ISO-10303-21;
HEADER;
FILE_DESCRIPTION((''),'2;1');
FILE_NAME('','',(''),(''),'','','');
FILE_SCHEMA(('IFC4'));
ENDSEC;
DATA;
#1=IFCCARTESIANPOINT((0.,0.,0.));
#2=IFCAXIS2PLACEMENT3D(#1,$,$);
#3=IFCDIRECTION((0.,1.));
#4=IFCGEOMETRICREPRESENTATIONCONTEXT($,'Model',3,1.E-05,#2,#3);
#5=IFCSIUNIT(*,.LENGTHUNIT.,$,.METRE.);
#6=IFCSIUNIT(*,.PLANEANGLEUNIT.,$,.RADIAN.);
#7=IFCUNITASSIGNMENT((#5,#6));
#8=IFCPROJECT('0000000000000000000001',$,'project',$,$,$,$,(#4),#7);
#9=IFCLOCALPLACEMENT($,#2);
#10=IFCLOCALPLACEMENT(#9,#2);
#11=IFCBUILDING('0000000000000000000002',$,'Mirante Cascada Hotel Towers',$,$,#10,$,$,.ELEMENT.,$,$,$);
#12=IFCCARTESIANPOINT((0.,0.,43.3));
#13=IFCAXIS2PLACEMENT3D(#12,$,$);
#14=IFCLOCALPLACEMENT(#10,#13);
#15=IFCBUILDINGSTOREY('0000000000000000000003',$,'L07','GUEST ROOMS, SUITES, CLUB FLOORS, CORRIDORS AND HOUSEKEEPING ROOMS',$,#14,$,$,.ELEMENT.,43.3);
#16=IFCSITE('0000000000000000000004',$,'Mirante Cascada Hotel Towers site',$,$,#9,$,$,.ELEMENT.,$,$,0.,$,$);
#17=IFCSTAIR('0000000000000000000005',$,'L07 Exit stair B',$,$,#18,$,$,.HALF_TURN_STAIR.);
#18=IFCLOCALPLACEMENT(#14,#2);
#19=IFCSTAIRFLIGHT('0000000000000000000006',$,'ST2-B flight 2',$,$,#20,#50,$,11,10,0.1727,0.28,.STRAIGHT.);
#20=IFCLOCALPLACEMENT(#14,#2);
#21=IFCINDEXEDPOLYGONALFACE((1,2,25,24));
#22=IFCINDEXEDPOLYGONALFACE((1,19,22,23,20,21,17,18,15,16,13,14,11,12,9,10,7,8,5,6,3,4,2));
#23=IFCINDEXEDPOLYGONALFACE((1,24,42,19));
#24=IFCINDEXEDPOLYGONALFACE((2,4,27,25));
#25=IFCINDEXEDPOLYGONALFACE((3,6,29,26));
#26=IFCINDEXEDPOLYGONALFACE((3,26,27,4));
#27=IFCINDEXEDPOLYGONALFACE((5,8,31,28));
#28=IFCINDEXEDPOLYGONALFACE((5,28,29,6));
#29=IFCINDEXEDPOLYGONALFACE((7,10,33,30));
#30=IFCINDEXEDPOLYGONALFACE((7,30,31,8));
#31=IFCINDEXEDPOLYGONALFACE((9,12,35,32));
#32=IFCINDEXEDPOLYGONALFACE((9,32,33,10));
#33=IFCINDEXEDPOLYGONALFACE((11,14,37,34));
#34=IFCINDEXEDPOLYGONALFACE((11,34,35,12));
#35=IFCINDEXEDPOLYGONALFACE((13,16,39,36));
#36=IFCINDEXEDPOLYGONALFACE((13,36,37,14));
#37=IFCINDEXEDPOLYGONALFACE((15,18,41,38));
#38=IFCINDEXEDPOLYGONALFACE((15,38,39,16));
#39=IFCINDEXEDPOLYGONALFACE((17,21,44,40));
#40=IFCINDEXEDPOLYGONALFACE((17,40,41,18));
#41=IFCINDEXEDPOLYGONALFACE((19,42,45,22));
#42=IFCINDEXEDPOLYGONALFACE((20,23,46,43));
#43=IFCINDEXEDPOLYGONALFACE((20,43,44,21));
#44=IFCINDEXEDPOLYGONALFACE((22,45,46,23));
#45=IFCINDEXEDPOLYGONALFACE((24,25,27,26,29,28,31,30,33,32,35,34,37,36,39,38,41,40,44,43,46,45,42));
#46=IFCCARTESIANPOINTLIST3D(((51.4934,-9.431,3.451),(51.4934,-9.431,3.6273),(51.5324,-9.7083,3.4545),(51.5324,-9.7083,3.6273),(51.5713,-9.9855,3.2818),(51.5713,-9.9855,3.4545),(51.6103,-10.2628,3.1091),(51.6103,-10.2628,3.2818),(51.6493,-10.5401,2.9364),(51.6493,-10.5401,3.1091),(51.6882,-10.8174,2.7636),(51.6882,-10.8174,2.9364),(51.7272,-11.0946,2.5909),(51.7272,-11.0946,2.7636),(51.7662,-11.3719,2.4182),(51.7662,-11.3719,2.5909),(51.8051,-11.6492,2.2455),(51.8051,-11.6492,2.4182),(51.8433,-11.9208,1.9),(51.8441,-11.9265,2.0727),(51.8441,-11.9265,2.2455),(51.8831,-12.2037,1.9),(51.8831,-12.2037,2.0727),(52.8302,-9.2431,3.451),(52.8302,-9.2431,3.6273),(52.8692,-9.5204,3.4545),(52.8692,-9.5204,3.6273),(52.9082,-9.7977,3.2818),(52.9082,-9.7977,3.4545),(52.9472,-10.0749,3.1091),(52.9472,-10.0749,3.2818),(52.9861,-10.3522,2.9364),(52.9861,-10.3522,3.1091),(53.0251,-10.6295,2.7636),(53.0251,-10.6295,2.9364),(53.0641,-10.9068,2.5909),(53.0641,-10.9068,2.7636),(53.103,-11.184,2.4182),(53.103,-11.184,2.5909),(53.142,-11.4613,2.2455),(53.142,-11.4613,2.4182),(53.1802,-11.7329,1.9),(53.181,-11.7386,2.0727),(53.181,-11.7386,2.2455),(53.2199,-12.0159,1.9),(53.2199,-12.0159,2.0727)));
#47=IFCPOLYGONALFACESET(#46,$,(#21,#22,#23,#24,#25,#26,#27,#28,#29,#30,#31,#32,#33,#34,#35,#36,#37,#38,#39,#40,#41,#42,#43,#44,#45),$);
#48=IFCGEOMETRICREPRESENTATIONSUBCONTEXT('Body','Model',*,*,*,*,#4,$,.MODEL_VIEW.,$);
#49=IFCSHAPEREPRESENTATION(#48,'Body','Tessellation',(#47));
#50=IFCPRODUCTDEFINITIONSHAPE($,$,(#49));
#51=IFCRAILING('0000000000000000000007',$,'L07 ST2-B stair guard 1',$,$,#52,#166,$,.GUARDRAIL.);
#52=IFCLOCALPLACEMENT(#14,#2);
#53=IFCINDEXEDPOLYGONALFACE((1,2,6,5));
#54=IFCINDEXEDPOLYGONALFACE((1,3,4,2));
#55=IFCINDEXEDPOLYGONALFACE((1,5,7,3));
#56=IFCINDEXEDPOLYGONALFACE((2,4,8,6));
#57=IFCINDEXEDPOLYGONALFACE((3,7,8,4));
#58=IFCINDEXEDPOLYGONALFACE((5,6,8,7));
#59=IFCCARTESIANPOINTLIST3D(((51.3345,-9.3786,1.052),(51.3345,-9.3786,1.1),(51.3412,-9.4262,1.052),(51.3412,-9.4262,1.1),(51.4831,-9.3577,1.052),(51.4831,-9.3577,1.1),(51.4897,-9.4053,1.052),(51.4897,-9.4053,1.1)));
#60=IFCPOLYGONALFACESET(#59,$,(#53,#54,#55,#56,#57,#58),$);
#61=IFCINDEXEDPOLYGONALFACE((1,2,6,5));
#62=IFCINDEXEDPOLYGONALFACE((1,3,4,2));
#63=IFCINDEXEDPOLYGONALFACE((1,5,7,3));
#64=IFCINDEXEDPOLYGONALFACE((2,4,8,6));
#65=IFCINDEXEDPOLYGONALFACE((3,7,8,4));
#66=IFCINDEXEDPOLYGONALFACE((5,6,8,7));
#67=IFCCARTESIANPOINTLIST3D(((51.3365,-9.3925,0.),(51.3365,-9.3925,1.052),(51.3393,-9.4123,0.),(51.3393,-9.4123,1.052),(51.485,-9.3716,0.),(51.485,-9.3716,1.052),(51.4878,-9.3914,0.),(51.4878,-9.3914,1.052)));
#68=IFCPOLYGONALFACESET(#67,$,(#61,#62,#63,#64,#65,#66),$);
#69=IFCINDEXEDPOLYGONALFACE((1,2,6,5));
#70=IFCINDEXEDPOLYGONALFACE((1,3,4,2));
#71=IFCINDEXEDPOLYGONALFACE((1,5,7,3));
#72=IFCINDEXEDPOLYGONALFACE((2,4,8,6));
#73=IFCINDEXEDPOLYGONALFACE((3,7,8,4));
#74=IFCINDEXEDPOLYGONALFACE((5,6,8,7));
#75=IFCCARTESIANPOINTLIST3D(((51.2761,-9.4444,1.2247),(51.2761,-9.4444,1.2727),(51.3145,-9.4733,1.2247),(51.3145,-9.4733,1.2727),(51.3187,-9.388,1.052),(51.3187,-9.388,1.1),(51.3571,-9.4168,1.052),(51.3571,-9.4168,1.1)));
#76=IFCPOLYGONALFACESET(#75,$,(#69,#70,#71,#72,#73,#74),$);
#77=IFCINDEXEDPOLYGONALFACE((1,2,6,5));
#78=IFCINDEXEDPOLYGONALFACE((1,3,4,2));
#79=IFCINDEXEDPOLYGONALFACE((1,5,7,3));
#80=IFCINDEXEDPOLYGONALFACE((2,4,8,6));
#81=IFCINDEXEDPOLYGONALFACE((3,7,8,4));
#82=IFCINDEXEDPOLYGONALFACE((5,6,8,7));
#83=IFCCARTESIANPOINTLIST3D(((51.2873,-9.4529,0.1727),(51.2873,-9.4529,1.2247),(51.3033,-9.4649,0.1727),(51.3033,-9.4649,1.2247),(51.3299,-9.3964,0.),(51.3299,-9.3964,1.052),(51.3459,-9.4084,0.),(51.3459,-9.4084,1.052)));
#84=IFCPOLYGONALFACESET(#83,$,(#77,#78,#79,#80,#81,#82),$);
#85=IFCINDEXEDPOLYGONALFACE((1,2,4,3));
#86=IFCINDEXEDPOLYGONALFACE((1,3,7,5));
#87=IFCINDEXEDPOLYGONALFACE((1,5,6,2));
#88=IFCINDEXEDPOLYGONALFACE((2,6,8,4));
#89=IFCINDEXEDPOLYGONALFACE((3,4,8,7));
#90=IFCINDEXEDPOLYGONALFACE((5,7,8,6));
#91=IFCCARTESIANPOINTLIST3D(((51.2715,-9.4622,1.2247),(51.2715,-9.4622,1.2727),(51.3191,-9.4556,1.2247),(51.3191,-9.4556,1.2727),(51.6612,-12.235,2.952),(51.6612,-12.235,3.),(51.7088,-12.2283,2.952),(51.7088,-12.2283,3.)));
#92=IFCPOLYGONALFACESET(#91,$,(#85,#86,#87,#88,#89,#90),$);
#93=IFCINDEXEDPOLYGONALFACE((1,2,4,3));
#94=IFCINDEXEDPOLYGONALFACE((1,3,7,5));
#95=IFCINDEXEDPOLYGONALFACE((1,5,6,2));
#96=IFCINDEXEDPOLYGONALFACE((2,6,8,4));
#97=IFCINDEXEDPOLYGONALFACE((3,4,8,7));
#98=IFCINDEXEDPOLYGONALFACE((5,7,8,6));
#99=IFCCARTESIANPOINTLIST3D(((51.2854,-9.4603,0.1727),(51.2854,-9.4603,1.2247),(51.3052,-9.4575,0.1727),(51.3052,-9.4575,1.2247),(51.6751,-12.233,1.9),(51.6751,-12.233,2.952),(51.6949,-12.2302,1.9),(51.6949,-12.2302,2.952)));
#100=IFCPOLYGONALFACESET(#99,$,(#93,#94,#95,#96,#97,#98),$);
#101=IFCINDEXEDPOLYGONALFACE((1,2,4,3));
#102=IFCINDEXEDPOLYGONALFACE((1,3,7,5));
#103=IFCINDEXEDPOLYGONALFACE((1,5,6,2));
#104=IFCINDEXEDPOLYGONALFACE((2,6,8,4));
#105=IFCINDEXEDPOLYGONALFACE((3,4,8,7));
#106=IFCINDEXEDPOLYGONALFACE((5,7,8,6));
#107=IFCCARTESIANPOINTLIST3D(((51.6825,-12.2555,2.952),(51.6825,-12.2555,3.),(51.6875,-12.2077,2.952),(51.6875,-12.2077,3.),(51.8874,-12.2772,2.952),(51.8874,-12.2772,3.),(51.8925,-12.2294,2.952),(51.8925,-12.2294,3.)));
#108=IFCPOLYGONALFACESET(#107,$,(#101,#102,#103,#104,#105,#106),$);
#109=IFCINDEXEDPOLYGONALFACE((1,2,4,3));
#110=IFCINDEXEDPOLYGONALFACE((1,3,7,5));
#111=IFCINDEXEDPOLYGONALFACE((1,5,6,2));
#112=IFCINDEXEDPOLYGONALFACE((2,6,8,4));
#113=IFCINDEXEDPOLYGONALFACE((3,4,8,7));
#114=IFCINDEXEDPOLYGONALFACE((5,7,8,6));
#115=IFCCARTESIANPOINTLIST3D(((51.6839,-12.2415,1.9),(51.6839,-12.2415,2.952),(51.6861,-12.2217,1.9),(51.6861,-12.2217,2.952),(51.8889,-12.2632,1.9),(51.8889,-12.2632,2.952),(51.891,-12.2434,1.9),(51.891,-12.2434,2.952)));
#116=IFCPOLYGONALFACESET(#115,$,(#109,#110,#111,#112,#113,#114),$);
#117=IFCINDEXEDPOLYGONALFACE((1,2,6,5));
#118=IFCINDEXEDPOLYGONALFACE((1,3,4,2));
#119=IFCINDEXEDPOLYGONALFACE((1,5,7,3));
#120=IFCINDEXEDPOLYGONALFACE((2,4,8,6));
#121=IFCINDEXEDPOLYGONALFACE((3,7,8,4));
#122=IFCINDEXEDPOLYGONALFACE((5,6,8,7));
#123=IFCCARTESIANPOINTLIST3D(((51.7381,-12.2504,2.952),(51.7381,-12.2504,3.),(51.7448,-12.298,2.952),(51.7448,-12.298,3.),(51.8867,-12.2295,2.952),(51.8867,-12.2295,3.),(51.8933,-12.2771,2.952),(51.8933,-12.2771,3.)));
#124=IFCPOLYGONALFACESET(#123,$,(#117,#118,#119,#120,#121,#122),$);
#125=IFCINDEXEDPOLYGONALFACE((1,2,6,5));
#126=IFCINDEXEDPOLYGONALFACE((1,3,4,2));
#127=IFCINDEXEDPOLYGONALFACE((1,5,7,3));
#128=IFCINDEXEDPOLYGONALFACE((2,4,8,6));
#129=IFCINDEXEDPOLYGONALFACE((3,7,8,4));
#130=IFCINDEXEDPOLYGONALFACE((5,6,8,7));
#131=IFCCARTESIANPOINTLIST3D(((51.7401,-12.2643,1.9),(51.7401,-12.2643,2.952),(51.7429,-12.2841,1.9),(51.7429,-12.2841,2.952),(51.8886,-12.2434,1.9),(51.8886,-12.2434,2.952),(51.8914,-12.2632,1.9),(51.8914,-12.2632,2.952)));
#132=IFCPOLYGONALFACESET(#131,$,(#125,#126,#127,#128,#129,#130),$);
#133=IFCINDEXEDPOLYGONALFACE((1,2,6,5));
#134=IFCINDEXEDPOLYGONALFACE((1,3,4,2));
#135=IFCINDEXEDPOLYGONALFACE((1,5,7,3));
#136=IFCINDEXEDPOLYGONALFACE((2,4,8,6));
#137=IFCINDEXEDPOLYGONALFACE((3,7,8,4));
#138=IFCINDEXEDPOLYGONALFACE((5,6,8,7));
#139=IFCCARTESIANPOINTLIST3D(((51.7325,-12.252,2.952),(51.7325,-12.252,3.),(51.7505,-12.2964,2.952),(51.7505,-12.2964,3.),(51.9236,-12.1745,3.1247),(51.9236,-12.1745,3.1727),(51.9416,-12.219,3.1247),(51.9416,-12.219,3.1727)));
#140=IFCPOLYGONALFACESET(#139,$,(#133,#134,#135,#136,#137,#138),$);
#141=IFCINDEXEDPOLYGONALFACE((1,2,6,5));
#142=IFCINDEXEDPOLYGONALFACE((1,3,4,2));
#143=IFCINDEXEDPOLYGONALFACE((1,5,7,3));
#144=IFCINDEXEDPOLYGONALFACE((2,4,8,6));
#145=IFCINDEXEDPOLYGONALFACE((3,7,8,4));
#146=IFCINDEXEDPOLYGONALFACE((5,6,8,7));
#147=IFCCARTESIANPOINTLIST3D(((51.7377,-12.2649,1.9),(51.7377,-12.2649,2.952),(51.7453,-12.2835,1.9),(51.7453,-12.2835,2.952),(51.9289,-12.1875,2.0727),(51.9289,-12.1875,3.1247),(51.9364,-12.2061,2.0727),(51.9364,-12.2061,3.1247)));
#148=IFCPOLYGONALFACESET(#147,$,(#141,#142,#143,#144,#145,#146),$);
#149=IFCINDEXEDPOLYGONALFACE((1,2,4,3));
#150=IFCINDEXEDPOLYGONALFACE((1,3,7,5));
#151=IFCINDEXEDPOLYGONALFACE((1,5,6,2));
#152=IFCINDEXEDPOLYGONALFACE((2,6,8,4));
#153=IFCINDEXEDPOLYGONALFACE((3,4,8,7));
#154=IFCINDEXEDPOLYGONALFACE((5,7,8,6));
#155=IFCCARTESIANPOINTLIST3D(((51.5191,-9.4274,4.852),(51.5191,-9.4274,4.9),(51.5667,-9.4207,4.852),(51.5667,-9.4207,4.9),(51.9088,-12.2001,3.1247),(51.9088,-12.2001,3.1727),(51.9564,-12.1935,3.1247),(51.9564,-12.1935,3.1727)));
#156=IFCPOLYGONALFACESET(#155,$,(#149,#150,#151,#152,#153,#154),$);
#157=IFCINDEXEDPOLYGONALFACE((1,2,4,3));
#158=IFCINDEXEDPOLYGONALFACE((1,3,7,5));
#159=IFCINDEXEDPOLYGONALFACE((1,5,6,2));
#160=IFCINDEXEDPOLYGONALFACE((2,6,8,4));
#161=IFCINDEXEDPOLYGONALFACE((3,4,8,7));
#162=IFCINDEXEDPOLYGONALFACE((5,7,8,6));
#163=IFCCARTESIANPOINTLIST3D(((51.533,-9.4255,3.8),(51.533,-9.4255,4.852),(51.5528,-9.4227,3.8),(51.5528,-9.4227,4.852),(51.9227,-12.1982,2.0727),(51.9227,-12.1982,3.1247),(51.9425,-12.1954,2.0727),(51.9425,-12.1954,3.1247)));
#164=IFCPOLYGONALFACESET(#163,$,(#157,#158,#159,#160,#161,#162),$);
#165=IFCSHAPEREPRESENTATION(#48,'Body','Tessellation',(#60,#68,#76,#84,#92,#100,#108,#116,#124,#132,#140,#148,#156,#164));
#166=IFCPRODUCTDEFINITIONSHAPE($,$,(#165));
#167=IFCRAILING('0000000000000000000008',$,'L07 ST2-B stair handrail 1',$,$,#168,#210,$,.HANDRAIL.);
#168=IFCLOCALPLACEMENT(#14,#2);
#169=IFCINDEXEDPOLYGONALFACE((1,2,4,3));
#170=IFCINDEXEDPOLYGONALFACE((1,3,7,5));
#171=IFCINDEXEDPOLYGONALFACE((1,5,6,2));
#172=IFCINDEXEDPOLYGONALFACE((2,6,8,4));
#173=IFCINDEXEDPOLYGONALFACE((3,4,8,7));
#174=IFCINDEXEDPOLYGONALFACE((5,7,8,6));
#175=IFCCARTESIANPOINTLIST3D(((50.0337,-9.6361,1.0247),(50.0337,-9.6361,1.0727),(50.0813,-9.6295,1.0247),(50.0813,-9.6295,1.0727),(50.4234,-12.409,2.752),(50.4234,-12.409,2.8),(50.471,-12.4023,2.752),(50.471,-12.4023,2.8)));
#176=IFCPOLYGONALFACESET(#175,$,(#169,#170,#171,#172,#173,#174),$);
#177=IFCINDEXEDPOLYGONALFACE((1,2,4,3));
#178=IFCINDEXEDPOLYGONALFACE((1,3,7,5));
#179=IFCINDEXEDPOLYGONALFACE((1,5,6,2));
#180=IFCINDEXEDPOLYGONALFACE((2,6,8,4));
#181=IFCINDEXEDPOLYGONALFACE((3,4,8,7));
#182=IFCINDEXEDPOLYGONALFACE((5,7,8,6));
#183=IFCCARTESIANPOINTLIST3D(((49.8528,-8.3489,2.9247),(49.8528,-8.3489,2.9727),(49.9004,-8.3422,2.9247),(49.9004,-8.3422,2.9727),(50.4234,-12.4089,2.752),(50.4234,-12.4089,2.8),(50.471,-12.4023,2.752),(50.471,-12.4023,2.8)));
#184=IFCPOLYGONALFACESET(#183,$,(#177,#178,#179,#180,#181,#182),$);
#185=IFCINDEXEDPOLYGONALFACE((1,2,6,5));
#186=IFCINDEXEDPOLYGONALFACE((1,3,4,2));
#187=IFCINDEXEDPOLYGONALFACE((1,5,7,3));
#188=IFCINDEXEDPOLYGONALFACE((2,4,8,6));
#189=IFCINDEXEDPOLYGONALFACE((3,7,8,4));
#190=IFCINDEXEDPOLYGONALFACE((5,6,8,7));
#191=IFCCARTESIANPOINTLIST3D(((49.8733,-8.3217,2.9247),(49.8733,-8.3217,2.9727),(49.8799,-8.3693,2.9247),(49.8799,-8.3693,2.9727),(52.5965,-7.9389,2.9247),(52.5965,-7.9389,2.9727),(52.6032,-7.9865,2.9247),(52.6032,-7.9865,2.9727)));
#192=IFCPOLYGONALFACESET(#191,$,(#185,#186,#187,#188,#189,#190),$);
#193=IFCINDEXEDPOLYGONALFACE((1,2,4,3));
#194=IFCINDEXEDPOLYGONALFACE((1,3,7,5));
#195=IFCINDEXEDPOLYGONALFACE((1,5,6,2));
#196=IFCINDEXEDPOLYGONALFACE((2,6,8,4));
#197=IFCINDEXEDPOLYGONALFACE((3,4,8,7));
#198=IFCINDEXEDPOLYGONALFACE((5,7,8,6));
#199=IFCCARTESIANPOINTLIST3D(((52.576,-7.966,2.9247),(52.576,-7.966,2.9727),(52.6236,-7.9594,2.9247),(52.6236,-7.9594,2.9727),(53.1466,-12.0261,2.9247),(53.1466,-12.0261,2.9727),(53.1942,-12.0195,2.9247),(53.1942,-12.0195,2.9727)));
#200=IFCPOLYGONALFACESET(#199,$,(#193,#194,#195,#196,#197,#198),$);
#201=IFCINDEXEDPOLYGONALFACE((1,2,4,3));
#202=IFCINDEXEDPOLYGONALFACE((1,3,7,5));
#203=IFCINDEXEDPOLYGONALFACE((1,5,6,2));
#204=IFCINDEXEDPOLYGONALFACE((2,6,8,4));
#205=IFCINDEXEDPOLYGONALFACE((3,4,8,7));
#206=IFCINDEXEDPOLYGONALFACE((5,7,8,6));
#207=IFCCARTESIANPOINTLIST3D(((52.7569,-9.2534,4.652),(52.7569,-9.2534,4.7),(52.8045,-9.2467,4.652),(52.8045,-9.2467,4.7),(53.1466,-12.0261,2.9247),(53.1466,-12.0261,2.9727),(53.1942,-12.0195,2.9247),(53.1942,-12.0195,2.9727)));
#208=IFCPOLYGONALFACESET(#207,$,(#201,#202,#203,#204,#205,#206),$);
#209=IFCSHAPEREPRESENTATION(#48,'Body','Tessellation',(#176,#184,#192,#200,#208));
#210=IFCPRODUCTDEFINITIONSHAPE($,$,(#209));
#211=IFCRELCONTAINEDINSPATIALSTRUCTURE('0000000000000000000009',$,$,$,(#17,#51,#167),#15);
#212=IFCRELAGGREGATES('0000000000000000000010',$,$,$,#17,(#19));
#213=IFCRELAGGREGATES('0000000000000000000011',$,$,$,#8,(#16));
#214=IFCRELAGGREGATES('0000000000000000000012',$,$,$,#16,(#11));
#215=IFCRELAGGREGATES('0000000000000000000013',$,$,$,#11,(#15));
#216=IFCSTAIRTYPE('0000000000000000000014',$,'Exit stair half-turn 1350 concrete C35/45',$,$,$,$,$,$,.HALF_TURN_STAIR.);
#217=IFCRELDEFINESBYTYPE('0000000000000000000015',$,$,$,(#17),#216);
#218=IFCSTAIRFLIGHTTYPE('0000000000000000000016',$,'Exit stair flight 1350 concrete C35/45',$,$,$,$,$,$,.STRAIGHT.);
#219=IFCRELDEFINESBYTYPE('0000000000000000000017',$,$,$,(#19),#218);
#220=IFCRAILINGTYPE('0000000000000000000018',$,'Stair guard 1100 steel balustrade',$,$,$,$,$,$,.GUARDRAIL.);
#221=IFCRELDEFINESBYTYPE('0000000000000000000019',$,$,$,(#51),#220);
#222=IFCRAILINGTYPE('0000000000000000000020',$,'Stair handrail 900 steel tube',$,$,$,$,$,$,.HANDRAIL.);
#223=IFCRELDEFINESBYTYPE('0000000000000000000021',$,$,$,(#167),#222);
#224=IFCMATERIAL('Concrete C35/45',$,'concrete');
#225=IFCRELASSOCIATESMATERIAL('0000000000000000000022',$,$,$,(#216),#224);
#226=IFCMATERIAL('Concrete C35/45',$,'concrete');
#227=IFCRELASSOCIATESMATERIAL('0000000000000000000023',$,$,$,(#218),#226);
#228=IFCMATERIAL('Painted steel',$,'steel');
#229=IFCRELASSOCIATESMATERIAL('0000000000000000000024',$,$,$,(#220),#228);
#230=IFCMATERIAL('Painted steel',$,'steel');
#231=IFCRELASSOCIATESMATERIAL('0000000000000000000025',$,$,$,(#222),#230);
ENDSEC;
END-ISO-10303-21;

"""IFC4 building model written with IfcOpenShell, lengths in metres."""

from ifc_helpers import new_model, si_unit, direction, frame, origin, origin_2d, place, context, subcontext, project, spatial, polyline, rectangle, outline, extrude, material, type_object, element, aggregate, save


model = new_model("IFC4")

# Units and contexts
model_context = context("Model", 3, precision=1e-05, world=origin(), true_north=direction((0.0, 1.0)))
body_context = subcontext(model_context, "Body", "Model", "MODEL_VIEW")
ifc_project = project(units=[si_unit("LENGTHUNIT", "METRE"), si_unit("PLANEANGLEUNIT", "RADIAN")], contexts=[model_context])

# Site, building, storey
site_placement = place(None, origin())
site = spatial("IfcSite", under=ifc_project, at=site_placement, Name="Mirante Cascada Hotel Towers site", CompositionType="ELEMENT", RefElevation=0.0)
building_placement = place(site_placement, origin())
building = spatial("IfcBuilding", under=site, at=building_placement, Name="Mirante Cascada Hotel Towers", CompositionType="ELEMENT")
storey_placement = place(building_placement, frame((0.0, 0.0, 43.3)))
storey = spatial("IfcBuildingStorey", under=building, at=storey_placement, Name="L07", Description="GUEST ROOMS, SUITES, CLUB FLOORS, CORRIDORS AND HOUSEKEEPING ROOMS", CompositionType="ELEMENT", Elevation=43.3)

# Stair, stair flight
ifc_material_1 = material(Name="Concrete C35/45", Category="concrete")
stair_type = type_object("IfcStairType", Name="Exit stair half-turn 1350 concrete C35/45", PredefinedType="HALF_TURN_STAIR", material=ifc_material_1)
stair_placement = place(storey_placement, origin())
stair = element("IfcStair", 1, at=stair_placement, inside=storey, type_object=stair_type, Name="L07 Exit stair B", PredefinedType="HALF_TURN_STAIR")
ifc_material_2 = material(Name="Concrete C35/45", Category="concrete")
stair_flight_type = type_object("IfcStairFlightType", Name="Exit stair flight 1350 concrete C35/45", PredefinedType="STRAIGHT", material=ifc_material_2)
stair_flight_1_placement = place(storey_placement, frame((52.5515, -12.1098, 1.9), z_axis=(0.0, 0.0, 1.0), x_axis=(-0.139173, 0.990268, 0.0)))
stair_flight_1 = element("IfcStairFlight", 2, at=stair_flight_1_placement, type_object=stair_flight_type, Name="ST2-B flight 2", NumberOfRisers=11, NumberOfTreads=10, PredefinedType="STRAIGHT", RiserHeight=0.1727, TreadLength=0.28, context=body_context, shape_type="SweptSolid", body=[
    extrude(outline(polyline([(0.0, 0.0), (0.0, 0.1727), (0.28, 0.1727), (0.28, 0.3455), (0.56, 0.3455), (0.56, 0.5182), (0.84, 0.5182), (0.84, 0.6909), (1.12, 0.6909), (1.12, 0.8636), (1.4, 0.8636), (1.4, 1.0364), (1.68, 1.0364), (1.68, 1.2091), (1.96, 1.2091), (1.96, 1.3818), (2.24, 1.3818), (2.24, 1.5545), (2.52, 1.5545), (2.52, 1.7273), (2.8, 1.7273), (2.8, 1.9), (2.8, 1.551), (0.2857, 0.0), (0.0, 0.0)])), frame((0.0, 0.675, 0.0), z_axis=(0.0, -1.0, 0.0), x_axis=(1.0, 0.0, 0.0)), (0.0, 0.0, 1.0), 1.35),
])
aggregate(stair, [stair_flight_1])

# Railings
ifc_material_3 = material(Name="Painted steel", Category="steel")
railing_type_1 = type_object("IfcRailingType", Name="Stair guard 1100 steel balustrade", PredefinedType="GUARDRAIL", material=ifc_material_3)
railing_1_placement = place(storey_placement, frame((51.4864, -9.3815, 0.0)))
element("IfcRailing", 3, at=railing_1_placement, inside=storey, type_object=railing_type_1, Name="L07 ST2-B stair guard 1", PredefinedType="GUARDRAIL", context=body_context, shape_type="SweptSolid", body=[
    extrude(rectangle(XDim=0.048, YDim=0.048, at=origin_2d()), frame((0.0, 0.0, 1.076), z_axis=(-0.990241, -0.139367, 0.0), x_axis=(0.139367, -0.990241, 0.0)), (0.0, 0.0, 1.0), 0.15),
    extrude(rectangle(XDim=0.02, YDim=1.052, at=origin_2d()), frame((0.0, 0.0, 0.526), z_axis=(-0.990241, -0.139367, 0.0), x_axis=(0.139367, -0.990241, 0.0)), (0.0, 0.0, 1.0), 0.15),
    extrude(rectangle(XDim=0.048, YDim=0.048, at=origin_2d()), frame((-0.1485, -0.0209, 1.076), z_axis=(-0.602033, -0.798471, 0.0), x_axis=(0.798471, -0.602033, 0.0)), (0.0, 0.92534, 0.379139), 0.1866),
    extrude(rectangle(XDim=0.02, YDim=1.052, at=origin_2d()), frame((-0.1485, -0.0209, 0.526), z_axis=(-0.602033, -0.798471, 0.0), x_axis=(0.798471, -0.602033, 0.0)), (0.0, 0.92534, 0.379139), 0.1866),
    extrude(rectangle(XDim=0.048, YDim=0.048, at=origin_2d()), frame((-0.1911, -0.0774, 1.2487), z_axis=(0.139181, -0.990267, 0.0), x_axis=(0.990267, 0.139181, 0.0)), (0.0, 0.525035, 0.851081), 3.2899),
    extrude(rectangle(XDim=0.02, YDim=1.052, at=origin_2d()), frame((-0.1911, -0.0774, 0.6987), z_axis=(0.139181, -0.990267, 0.0), x_axis=(0.990267, 0.139181, 0.0)), (0.0, 0.525035, 0.851081), 3.2899),
    extrude(rectangle(XDim=0.048, YDim=0.048, at=origin_2d()), frame((0.1986, -2.8501, 2.976), z_axis=(0.994444, -0.105266, 0.0), x_axis=(0.105266, 0.994444, 0.0)), (0.0, 0.0, 1.0), 0.2061),
    extrude(rectangle(XDim=0.02, YDim=1.052, at=origin_2d()), frame((0.1986, -2.8501, 2.426), z_axis=(0.994444, -0.105266, 0.0), x_axis=(0.105266, 0.994444, 0.0)), (0.0, 0.0, 1.0), 0.2061),
    extrude(rectangle(XDim=0.048, YDim=0.048, at=origin_2d()), frame((0.4036, -2.8718, 2.976), z_axis=(-0.990241, -0.139367, 0.0), x_axis=(0.139367, -0.990241, 0.0)), (0.0, 0.0, 1.0), 0.15),
    extrude(rectangle(XDim=0.02, YDim=1.052, at=origin_2d()), frame((0.4036, -2.8718, 2.426), z_axis=(-0.990241, -0.139367, 0.0), x_axis=(0.139367, -0.990241, 0.0)), (0.0, 0.0, 1.0), 0.15),
    extrude(rectangle(XDim=0.048, YDim=0.048, at=origin_2d()), frame((0.2551, -2.8927, 2.976), z_axis=(0.926862, 0.375401, 0.0), x_axis=(-0.375401, 0.926862, 0.0)), (0.0, 0.642122, 0.766603), 0.269),
    extrude(rectangle(XDim=0.02, YDim=1.052, at=origin_2d()), frame((0.2551, -2.8927, 2.426), z_axis=(0.926862, 0.375401, 0.0), x_axis=(-0.375401, 0.926862, 0.0)), (0.0, 0.642122, 0.766603), 0.269),
    extrude(rectangle(XDim=0.048, YDim=0.048, at=origin_2d()), frame((0.4462, -2.8153, 3.1487), z_axis=(-0.139181, 0.990267, 0.0), x_axis=(-0.990267, -0.139181, 0.0)), (0.0, 0.525035, 0.851081), 3.2899),
    extrude(rectangle(XDim=0.02, YDim=1.052, at=origin_2d()), frame((0.4462, -2.8153, 2.5987), z_axis=(-0.139181, 0.990267, 0.0), x_axis=(-0.990267, -0.139181, 0.0)), (0.0, 0.525035, 0.851081), 3.2899),
])
ifc_material_4 = material(Name="Painted steel", Category="steel")
railing_type_2 = type_object("IfcRailingType", Name="Stair handrail 900 steel tube", PredefinedType="HANDRAIL", material=ifc_material_4)
railing_2_placement = place(storey_placement, frame((50.0575, -9.6328, 0.1727)))
element("IfcRailing", 4, at=railing_2_placement, inside=storey, type_object=railing_type_2, Name="L07 ST2-B stair handrail 1", PredefinedType="HANDRAIL", context=body_context, shape_type="SweptSolid", body=[
    extrude(rectangle(XDim=0.048, YDim=0.048, at=origin_2d()), frame((0.0, 0.0, 0.876), z_axis=(0.139176, -0.990268, 0.0), x_axis=(0.990268, 0.139176, 0.0)), (0.0, 0.525021, 0.851089), 3.29),
    extrude(rectangle(XDim=0.048, YDim=0.048, at=origin_2d()), frame((0.3897, -2.7728, 2.6033), z_axis=(-0.139171, 0.990268, 0.0), x_axis=(-0.990268, -0.139171, 0.0)), (0.0, 0.042085, 0.999114), 4.1036),
    extrude(rectangle(XDim=0.048, YDim=0.048, at=origin_2d()), frame((-0.1809, 1.2873, 2.776), z_axis=(0.990264, 0.139201, 0.0), x_axis=(-0.139201, 0.990264, 0.0)), (0.0, 0.0, 1.0), 2.75),
    extrude(rectangle(XDim=0.048, YDim=0.048, at=origin_2d()), frame((2.5423, 1.6701, 2.776), z_axis=(0.139171, -0.990268, 0.0), x_axis=(0.990268, 0.139171, 0.0)), (0.0, 0.0, 1.0), 4.1),
    extrude(rectangle(XDim=0.048, YDim=0.048, at=origin_2d()), frame((3.1129, -2.39, 2.776), z_axis=(-0.139181, 0.990267, 0.0), x_axis=(-0.990267, -0.139181, 0.0)), (0.0, 0.525035, 0.851081), 3.2899),
])

save(model, "model.ifc")
